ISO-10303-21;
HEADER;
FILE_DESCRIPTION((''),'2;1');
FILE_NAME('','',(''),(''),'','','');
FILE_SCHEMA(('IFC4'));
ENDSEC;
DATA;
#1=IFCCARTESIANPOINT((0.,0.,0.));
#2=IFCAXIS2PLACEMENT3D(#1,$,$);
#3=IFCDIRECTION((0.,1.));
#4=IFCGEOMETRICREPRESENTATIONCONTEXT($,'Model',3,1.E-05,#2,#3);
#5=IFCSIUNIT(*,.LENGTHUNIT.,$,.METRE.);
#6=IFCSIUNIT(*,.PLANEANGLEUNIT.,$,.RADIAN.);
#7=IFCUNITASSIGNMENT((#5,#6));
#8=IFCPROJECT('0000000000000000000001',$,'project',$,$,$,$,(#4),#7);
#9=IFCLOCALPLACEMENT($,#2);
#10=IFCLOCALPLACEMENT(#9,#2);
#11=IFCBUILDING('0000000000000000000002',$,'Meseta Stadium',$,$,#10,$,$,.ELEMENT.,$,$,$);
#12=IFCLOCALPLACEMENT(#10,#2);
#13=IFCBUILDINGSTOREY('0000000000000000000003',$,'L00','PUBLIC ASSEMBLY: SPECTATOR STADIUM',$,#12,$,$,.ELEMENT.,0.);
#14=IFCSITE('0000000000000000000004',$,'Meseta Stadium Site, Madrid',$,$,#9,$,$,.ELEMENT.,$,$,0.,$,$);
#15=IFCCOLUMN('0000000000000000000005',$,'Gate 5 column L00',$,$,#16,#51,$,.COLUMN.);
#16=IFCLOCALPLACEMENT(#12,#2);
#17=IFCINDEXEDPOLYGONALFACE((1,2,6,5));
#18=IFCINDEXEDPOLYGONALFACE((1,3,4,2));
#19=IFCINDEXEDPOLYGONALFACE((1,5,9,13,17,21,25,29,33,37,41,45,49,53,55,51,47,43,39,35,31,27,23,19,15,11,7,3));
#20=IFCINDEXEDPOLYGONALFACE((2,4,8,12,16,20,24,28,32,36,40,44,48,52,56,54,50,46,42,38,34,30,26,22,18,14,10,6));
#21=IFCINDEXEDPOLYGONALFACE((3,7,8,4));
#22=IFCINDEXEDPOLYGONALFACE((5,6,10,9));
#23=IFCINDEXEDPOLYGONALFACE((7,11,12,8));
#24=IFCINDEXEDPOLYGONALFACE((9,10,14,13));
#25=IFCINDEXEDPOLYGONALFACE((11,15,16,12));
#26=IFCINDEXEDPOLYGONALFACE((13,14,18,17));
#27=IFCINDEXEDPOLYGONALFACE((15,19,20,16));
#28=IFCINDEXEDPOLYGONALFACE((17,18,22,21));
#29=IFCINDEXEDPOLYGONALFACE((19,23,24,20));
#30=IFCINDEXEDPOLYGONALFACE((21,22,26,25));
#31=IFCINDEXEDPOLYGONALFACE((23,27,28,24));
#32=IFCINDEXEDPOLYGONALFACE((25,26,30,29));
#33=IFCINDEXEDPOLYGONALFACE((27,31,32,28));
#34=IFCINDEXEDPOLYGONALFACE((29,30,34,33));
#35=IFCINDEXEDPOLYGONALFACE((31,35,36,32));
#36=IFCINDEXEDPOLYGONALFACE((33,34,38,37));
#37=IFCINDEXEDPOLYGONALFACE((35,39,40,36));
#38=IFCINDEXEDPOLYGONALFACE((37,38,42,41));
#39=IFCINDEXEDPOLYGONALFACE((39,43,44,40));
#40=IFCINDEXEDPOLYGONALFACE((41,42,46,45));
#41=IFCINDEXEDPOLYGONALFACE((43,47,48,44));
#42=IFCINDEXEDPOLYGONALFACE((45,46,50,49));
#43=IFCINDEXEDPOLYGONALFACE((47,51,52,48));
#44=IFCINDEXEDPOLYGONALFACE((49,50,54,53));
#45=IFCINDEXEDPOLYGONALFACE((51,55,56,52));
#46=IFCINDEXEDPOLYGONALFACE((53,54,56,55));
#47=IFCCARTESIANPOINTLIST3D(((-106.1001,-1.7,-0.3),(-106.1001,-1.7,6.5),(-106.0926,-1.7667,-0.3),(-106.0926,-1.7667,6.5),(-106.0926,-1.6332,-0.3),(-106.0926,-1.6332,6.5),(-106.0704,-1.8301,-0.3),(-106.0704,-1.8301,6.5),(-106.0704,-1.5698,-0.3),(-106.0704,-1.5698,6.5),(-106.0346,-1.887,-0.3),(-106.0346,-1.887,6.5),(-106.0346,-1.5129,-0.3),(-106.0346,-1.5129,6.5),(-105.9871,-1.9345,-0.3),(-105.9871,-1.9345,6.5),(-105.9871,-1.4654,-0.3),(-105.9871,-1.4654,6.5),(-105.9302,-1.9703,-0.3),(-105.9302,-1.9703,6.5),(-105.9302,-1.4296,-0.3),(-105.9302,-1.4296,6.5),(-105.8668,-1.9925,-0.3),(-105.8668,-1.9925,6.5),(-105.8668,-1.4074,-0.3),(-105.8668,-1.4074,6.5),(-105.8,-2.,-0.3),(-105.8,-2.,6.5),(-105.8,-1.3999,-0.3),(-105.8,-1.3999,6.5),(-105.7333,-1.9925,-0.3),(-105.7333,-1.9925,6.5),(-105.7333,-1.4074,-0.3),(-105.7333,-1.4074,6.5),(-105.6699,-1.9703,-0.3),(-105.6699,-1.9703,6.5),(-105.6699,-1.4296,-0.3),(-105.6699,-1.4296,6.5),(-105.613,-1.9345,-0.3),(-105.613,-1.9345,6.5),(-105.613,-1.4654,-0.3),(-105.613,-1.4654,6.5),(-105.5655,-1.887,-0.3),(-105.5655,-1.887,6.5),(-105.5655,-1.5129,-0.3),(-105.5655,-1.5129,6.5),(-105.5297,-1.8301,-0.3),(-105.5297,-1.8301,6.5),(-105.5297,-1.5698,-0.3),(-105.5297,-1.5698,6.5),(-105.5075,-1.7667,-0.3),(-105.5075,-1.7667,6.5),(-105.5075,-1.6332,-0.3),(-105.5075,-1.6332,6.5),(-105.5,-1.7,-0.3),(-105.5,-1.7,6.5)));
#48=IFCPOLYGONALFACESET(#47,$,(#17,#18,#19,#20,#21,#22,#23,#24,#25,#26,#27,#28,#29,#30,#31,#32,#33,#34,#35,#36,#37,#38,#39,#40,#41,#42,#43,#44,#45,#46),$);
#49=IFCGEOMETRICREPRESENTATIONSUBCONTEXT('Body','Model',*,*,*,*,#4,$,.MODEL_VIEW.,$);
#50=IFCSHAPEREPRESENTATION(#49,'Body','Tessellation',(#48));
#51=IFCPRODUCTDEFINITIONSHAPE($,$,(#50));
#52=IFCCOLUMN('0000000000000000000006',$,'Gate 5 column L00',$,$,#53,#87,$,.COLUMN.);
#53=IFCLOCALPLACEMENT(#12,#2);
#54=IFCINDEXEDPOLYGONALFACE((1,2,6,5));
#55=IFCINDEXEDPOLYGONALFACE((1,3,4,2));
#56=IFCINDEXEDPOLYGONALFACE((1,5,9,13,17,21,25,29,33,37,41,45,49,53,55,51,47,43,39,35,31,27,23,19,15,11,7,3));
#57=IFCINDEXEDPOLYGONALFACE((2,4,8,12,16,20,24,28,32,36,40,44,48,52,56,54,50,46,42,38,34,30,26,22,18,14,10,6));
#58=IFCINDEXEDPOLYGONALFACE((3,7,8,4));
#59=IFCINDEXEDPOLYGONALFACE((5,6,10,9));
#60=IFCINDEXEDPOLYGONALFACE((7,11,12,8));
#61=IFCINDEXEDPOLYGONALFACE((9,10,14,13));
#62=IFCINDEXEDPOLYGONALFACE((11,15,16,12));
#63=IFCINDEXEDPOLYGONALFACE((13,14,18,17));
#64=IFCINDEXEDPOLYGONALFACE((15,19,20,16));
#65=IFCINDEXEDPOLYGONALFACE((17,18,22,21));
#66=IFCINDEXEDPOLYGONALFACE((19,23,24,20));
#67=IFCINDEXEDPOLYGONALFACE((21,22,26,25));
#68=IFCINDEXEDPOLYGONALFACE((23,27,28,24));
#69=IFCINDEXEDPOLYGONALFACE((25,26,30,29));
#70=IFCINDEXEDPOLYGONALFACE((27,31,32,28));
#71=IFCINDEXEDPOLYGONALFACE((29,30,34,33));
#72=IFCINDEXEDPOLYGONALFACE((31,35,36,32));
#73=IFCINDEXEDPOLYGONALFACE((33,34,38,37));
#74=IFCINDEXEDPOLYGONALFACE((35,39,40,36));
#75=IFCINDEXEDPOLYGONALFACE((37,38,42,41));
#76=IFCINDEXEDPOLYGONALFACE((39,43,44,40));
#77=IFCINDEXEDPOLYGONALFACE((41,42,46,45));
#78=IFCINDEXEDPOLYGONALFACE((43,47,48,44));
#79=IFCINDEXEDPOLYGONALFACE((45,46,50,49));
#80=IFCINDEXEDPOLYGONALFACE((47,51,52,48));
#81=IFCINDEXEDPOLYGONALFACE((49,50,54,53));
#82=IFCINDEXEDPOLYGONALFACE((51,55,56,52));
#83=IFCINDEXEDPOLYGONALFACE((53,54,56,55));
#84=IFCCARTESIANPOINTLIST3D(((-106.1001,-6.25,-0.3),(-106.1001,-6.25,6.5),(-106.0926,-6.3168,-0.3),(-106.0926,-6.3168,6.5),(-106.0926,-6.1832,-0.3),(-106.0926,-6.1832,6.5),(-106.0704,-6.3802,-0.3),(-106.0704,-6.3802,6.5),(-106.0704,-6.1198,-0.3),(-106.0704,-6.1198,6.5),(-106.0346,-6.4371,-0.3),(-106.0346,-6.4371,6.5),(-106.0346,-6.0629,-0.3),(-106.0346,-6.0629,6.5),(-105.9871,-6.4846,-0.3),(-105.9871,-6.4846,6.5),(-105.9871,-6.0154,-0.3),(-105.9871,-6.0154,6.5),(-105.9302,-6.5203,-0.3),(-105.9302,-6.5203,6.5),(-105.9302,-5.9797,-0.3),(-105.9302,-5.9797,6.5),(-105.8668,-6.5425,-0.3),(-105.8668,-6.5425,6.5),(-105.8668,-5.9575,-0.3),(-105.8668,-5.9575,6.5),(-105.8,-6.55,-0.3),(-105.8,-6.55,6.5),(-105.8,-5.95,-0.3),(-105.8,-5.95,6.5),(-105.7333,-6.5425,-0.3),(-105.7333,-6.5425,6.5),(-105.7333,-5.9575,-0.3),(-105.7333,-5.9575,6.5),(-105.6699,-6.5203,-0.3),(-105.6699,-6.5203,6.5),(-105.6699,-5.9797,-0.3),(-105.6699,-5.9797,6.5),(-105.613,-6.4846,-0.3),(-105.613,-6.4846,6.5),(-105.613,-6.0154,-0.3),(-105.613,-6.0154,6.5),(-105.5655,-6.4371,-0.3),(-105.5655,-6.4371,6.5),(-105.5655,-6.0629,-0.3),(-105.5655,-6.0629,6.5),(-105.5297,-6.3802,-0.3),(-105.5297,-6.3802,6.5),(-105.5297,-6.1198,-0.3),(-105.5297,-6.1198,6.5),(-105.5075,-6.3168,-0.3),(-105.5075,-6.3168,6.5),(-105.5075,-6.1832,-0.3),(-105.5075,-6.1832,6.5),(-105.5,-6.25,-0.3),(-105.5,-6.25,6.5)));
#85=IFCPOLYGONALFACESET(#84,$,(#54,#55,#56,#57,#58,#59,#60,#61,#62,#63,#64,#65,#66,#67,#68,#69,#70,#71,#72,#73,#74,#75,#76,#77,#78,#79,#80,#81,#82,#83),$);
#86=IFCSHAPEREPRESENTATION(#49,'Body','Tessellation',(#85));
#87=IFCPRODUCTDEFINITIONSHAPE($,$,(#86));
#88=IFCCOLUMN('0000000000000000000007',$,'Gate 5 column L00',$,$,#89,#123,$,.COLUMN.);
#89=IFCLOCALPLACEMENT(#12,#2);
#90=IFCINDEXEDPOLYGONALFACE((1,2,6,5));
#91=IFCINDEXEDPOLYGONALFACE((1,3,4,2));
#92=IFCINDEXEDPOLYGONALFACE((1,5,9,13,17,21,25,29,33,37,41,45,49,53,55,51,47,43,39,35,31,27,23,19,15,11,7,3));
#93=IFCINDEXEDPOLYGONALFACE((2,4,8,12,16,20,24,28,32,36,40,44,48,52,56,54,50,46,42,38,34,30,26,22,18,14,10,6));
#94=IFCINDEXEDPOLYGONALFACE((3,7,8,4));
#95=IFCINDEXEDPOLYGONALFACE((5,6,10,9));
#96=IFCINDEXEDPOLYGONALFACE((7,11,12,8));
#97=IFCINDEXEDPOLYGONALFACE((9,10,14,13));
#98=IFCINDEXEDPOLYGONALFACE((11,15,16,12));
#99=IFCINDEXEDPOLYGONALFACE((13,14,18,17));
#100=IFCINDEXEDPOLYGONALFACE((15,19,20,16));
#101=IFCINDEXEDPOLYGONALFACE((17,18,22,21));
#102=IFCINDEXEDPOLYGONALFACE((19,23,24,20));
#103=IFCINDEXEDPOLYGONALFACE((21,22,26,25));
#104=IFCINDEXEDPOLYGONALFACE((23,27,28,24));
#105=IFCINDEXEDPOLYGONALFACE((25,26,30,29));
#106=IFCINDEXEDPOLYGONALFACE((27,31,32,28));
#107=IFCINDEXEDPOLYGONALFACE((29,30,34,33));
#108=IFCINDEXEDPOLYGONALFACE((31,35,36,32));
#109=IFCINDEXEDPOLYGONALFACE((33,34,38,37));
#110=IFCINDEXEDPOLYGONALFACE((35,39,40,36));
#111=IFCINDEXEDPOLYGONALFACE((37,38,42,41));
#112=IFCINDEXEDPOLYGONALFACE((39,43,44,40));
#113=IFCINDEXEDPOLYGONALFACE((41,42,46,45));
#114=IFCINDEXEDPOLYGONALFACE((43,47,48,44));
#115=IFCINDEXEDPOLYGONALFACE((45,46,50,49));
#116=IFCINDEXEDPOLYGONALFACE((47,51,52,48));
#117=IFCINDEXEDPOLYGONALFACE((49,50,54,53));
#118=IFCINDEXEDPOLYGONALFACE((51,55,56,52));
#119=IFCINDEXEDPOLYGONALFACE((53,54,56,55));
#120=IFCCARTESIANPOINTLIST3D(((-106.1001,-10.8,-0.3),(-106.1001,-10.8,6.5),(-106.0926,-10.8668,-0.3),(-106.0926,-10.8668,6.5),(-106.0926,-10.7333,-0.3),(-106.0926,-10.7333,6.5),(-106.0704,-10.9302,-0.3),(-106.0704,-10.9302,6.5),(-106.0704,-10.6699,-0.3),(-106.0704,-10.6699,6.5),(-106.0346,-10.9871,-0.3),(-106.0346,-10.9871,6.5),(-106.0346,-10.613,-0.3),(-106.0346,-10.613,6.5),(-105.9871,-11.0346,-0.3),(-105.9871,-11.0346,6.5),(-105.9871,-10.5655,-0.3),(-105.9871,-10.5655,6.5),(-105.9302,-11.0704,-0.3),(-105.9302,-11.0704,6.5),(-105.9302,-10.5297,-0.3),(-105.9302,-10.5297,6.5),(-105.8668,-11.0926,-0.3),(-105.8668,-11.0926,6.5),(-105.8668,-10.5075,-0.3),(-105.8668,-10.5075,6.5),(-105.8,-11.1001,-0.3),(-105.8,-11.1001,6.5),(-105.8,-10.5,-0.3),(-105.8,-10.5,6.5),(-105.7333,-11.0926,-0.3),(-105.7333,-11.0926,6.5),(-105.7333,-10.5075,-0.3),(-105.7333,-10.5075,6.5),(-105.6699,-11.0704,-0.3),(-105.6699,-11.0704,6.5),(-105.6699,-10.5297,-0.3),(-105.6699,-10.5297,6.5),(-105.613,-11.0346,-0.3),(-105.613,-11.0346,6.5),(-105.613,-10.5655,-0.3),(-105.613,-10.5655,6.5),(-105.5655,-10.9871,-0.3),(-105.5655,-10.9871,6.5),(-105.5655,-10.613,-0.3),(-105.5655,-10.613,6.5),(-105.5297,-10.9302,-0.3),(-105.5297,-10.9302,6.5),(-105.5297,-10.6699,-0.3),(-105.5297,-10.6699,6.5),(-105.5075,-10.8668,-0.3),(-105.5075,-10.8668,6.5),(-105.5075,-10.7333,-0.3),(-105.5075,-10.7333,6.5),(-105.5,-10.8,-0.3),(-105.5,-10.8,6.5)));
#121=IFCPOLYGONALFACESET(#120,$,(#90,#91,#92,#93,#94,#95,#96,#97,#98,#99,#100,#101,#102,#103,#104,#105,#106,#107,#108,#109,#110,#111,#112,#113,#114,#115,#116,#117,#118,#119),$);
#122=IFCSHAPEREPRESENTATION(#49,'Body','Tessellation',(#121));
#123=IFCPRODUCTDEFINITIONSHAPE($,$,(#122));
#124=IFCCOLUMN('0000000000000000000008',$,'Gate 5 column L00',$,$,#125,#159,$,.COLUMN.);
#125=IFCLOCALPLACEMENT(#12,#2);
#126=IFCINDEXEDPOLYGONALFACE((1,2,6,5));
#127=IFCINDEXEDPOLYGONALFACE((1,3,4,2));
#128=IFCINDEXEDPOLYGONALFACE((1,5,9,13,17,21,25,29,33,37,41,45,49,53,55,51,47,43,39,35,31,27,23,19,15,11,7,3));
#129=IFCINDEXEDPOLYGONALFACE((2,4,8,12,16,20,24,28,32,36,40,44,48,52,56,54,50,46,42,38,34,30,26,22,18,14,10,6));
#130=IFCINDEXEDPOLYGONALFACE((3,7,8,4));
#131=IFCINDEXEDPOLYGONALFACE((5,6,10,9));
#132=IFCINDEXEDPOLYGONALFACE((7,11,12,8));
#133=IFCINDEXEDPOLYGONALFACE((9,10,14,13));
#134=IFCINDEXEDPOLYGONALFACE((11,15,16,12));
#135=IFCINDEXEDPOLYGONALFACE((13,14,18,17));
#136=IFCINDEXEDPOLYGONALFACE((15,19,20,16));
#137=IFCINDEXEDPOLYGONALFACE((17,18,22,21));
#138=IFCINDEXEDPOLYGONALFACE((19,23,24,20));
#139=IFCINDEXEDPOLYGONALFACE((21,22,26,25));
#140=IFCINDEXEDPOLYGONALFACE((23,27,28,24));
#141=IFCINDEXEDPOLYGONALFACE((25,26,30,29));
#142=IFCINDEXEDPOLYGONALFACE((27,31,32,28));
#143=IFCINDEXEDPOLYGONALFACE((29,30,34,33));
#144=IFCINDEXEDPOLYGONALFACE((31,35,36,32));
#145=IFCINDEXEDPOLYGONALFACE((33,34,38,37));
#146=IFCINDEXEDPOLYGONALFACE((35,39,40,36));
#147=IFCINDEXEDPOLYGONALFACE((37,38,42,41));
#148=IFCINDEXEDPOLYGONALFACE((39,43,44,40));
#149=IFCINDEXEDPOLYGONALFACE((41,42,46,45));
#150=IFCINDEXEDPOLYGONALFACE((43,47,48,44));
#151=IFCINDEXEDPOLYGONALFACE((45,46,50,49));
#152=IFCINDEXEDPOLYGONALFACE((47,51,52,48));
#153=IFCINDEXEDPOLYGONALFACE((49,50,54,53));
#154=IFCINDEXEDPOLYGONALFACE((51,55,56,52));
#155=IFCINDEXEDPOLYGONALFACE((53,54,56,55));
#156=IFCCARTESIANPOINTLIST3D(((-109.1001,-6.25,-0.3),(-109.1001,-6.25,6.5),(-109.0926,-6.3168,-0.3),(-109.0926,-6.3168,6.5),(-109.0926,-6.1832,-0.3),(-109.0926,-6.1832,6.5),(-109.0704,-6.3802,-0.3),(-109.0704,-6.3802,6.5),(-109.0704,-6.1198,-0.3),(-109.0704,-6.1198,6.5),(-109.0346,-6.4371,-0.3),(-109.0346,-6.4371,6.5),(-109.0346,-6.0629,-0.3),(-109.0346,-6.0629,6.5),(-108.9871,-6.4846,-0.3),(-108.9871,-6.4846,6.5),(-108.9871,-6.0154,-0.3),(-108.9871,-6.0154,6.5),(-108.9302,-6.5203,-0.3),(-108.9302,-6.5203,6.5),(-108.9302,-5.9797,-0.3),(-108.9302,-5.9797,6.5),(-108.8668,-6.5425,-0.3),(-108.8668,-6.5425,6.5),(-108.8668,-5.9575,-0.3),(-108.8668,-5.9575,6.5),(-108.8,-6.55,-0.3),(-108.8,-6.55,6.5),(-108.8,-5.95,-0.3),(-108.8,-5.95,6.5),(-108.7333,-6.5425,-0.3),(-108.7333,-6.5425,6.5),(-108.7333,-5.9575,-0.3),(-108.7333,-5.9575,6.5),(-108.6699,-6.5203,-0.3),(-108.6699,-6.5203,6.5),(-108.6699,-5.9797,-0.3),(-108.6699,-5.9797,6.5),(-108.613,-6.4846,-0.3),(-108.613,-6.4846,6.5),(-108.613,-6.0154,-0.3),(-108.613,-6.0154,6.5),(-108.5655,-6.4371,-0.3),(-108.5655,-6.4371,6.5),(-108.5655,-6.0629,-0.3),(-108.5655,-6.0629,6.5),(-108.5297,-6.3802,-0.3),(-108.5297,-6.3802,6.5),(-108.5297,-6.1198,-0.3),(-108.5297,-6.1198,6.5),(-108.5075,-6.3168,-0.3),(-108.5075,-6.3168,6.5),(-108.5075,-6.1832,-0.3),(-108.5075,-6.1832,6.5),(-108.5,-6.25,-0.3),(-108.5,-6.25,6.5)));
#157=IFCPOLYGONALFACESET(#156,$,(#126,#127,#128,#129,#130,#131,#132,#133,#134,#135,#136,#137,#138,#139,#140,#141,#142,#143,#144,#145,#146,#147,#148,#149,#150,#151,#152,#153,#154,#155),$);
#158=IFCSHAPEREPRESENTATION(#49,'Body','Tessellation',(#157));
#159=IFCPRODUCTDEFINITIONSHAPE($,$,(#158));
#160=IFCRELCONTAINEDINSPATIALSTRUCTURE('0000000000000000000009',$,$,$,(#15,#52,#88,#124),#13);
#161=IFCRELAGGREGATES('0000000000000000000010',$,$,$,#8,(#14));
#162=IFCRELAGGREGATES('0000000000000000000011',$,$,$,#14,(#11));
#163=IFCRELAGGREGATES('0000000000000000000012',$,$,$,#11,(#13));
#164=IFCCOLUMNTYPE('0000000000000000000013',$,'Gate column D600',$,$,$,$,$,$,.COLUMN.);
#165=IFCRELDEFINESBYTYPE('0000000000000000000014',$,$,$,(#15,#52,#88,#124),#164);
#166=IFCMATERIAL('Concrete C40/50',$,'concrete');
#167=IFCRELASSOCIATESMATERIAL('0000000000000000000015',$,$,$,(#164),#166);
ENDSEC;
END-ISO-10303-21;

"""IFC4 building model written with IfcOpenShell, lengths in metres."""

from ifc_helpers import new_model, si_unit, direction, frame, origin, origin_2d, place, context, subcontext, project, spatial, circle, extrude, material, material_profile, profile_set, type_object, element, save


model = new_model("IFC4")

# Units and contexts
model_context = context("Model", 3, precision=1e-05, world=origin(), true_north=direction((0.0, 1.0)))
body_context = subcontext(model_context, "Body", "Model", "MODEL_VIEW")
ifc_project = project(units=[si_unit("LENGTHUNIT", "METRE"), si_unit("PLANEANGLEUNIT", "RADIAN")], contexts=[model_context])

# Site, building, storey
site_placement = place(None, origin())
site = spatial("IfcSite", under=ifc_project, at=site_placement, Name="Meseta Stadium Site, Madrid", CompositionType="ELEMENT", RefElevation=0.0)
building_placement = place(site_placement, origin())
building = spatial("IfcBuilding", under=site, at=building_placement, Name="Meseta Stadium", CompositionType="ELEMENT")
storey_placement = place(building_placement, origin())
storey = spatial("IfcBuildingStorey", under=building, at=storey_placement, Name="L00", Description="PUBLIC ASSEMBLY: SPECTATOR STADIUM", CompositionType="ELEMENT", Elevation=0.0)

# Columns
ifc_material_1 = material(Name="Concrete C40/50", Category="concrete")
ifc_material_profile = material_profile(ifc_material_1, circle(Radius=0.3, at=origin_2d()), Name="RC D600")
ifc_profile_set = profile_set([ifc_material_profile], Name="Concrete C40/50")
column_type = type_object("IfcColumnType", Name="Gate column D600", PredefinedType="COLUMN", material=ifc_profile_set)
for number, where, z_axis, x_axis, name in (
    (1, (-105.8, -1.7, -0.3), (0.0, 0.0, 1.0), (1.0, 0.0, 0.0), "Gate 5 column L00"),
    (2, (-105.8, -6.25, -0.3), (0.0, 0.0, 1.0), (1.0, 0.0, 0.0), "Gate 5 column L00"),
    (3, (-105.8, -10.8, -0.3), (0.0, 0.0, 1.0), (1.0, 0.0, 0.0), "Gate 5 column L00"),
    (4, (-108.8, -6.25, -0.3), (0.0, 0.0, 1.0), (1.0, 0.0, 0.0), "Gate 5 column L00"),
):
    element("IfcColumn", number, at=place(storey_placement, frame(where, z_axis=z_axis, x_axis=x_axis)), inside=storey, type_object=column_type, Name=name, PredefinedType="COLUMN", context=body_context, shape_type="SweptSolid", body=[
        extrude(circle(Radius=0.3, at=origin_2d()), origin(), (0.0, 0.0, 1.0), 6.8),
    ])

save(model, "model.ifc")
